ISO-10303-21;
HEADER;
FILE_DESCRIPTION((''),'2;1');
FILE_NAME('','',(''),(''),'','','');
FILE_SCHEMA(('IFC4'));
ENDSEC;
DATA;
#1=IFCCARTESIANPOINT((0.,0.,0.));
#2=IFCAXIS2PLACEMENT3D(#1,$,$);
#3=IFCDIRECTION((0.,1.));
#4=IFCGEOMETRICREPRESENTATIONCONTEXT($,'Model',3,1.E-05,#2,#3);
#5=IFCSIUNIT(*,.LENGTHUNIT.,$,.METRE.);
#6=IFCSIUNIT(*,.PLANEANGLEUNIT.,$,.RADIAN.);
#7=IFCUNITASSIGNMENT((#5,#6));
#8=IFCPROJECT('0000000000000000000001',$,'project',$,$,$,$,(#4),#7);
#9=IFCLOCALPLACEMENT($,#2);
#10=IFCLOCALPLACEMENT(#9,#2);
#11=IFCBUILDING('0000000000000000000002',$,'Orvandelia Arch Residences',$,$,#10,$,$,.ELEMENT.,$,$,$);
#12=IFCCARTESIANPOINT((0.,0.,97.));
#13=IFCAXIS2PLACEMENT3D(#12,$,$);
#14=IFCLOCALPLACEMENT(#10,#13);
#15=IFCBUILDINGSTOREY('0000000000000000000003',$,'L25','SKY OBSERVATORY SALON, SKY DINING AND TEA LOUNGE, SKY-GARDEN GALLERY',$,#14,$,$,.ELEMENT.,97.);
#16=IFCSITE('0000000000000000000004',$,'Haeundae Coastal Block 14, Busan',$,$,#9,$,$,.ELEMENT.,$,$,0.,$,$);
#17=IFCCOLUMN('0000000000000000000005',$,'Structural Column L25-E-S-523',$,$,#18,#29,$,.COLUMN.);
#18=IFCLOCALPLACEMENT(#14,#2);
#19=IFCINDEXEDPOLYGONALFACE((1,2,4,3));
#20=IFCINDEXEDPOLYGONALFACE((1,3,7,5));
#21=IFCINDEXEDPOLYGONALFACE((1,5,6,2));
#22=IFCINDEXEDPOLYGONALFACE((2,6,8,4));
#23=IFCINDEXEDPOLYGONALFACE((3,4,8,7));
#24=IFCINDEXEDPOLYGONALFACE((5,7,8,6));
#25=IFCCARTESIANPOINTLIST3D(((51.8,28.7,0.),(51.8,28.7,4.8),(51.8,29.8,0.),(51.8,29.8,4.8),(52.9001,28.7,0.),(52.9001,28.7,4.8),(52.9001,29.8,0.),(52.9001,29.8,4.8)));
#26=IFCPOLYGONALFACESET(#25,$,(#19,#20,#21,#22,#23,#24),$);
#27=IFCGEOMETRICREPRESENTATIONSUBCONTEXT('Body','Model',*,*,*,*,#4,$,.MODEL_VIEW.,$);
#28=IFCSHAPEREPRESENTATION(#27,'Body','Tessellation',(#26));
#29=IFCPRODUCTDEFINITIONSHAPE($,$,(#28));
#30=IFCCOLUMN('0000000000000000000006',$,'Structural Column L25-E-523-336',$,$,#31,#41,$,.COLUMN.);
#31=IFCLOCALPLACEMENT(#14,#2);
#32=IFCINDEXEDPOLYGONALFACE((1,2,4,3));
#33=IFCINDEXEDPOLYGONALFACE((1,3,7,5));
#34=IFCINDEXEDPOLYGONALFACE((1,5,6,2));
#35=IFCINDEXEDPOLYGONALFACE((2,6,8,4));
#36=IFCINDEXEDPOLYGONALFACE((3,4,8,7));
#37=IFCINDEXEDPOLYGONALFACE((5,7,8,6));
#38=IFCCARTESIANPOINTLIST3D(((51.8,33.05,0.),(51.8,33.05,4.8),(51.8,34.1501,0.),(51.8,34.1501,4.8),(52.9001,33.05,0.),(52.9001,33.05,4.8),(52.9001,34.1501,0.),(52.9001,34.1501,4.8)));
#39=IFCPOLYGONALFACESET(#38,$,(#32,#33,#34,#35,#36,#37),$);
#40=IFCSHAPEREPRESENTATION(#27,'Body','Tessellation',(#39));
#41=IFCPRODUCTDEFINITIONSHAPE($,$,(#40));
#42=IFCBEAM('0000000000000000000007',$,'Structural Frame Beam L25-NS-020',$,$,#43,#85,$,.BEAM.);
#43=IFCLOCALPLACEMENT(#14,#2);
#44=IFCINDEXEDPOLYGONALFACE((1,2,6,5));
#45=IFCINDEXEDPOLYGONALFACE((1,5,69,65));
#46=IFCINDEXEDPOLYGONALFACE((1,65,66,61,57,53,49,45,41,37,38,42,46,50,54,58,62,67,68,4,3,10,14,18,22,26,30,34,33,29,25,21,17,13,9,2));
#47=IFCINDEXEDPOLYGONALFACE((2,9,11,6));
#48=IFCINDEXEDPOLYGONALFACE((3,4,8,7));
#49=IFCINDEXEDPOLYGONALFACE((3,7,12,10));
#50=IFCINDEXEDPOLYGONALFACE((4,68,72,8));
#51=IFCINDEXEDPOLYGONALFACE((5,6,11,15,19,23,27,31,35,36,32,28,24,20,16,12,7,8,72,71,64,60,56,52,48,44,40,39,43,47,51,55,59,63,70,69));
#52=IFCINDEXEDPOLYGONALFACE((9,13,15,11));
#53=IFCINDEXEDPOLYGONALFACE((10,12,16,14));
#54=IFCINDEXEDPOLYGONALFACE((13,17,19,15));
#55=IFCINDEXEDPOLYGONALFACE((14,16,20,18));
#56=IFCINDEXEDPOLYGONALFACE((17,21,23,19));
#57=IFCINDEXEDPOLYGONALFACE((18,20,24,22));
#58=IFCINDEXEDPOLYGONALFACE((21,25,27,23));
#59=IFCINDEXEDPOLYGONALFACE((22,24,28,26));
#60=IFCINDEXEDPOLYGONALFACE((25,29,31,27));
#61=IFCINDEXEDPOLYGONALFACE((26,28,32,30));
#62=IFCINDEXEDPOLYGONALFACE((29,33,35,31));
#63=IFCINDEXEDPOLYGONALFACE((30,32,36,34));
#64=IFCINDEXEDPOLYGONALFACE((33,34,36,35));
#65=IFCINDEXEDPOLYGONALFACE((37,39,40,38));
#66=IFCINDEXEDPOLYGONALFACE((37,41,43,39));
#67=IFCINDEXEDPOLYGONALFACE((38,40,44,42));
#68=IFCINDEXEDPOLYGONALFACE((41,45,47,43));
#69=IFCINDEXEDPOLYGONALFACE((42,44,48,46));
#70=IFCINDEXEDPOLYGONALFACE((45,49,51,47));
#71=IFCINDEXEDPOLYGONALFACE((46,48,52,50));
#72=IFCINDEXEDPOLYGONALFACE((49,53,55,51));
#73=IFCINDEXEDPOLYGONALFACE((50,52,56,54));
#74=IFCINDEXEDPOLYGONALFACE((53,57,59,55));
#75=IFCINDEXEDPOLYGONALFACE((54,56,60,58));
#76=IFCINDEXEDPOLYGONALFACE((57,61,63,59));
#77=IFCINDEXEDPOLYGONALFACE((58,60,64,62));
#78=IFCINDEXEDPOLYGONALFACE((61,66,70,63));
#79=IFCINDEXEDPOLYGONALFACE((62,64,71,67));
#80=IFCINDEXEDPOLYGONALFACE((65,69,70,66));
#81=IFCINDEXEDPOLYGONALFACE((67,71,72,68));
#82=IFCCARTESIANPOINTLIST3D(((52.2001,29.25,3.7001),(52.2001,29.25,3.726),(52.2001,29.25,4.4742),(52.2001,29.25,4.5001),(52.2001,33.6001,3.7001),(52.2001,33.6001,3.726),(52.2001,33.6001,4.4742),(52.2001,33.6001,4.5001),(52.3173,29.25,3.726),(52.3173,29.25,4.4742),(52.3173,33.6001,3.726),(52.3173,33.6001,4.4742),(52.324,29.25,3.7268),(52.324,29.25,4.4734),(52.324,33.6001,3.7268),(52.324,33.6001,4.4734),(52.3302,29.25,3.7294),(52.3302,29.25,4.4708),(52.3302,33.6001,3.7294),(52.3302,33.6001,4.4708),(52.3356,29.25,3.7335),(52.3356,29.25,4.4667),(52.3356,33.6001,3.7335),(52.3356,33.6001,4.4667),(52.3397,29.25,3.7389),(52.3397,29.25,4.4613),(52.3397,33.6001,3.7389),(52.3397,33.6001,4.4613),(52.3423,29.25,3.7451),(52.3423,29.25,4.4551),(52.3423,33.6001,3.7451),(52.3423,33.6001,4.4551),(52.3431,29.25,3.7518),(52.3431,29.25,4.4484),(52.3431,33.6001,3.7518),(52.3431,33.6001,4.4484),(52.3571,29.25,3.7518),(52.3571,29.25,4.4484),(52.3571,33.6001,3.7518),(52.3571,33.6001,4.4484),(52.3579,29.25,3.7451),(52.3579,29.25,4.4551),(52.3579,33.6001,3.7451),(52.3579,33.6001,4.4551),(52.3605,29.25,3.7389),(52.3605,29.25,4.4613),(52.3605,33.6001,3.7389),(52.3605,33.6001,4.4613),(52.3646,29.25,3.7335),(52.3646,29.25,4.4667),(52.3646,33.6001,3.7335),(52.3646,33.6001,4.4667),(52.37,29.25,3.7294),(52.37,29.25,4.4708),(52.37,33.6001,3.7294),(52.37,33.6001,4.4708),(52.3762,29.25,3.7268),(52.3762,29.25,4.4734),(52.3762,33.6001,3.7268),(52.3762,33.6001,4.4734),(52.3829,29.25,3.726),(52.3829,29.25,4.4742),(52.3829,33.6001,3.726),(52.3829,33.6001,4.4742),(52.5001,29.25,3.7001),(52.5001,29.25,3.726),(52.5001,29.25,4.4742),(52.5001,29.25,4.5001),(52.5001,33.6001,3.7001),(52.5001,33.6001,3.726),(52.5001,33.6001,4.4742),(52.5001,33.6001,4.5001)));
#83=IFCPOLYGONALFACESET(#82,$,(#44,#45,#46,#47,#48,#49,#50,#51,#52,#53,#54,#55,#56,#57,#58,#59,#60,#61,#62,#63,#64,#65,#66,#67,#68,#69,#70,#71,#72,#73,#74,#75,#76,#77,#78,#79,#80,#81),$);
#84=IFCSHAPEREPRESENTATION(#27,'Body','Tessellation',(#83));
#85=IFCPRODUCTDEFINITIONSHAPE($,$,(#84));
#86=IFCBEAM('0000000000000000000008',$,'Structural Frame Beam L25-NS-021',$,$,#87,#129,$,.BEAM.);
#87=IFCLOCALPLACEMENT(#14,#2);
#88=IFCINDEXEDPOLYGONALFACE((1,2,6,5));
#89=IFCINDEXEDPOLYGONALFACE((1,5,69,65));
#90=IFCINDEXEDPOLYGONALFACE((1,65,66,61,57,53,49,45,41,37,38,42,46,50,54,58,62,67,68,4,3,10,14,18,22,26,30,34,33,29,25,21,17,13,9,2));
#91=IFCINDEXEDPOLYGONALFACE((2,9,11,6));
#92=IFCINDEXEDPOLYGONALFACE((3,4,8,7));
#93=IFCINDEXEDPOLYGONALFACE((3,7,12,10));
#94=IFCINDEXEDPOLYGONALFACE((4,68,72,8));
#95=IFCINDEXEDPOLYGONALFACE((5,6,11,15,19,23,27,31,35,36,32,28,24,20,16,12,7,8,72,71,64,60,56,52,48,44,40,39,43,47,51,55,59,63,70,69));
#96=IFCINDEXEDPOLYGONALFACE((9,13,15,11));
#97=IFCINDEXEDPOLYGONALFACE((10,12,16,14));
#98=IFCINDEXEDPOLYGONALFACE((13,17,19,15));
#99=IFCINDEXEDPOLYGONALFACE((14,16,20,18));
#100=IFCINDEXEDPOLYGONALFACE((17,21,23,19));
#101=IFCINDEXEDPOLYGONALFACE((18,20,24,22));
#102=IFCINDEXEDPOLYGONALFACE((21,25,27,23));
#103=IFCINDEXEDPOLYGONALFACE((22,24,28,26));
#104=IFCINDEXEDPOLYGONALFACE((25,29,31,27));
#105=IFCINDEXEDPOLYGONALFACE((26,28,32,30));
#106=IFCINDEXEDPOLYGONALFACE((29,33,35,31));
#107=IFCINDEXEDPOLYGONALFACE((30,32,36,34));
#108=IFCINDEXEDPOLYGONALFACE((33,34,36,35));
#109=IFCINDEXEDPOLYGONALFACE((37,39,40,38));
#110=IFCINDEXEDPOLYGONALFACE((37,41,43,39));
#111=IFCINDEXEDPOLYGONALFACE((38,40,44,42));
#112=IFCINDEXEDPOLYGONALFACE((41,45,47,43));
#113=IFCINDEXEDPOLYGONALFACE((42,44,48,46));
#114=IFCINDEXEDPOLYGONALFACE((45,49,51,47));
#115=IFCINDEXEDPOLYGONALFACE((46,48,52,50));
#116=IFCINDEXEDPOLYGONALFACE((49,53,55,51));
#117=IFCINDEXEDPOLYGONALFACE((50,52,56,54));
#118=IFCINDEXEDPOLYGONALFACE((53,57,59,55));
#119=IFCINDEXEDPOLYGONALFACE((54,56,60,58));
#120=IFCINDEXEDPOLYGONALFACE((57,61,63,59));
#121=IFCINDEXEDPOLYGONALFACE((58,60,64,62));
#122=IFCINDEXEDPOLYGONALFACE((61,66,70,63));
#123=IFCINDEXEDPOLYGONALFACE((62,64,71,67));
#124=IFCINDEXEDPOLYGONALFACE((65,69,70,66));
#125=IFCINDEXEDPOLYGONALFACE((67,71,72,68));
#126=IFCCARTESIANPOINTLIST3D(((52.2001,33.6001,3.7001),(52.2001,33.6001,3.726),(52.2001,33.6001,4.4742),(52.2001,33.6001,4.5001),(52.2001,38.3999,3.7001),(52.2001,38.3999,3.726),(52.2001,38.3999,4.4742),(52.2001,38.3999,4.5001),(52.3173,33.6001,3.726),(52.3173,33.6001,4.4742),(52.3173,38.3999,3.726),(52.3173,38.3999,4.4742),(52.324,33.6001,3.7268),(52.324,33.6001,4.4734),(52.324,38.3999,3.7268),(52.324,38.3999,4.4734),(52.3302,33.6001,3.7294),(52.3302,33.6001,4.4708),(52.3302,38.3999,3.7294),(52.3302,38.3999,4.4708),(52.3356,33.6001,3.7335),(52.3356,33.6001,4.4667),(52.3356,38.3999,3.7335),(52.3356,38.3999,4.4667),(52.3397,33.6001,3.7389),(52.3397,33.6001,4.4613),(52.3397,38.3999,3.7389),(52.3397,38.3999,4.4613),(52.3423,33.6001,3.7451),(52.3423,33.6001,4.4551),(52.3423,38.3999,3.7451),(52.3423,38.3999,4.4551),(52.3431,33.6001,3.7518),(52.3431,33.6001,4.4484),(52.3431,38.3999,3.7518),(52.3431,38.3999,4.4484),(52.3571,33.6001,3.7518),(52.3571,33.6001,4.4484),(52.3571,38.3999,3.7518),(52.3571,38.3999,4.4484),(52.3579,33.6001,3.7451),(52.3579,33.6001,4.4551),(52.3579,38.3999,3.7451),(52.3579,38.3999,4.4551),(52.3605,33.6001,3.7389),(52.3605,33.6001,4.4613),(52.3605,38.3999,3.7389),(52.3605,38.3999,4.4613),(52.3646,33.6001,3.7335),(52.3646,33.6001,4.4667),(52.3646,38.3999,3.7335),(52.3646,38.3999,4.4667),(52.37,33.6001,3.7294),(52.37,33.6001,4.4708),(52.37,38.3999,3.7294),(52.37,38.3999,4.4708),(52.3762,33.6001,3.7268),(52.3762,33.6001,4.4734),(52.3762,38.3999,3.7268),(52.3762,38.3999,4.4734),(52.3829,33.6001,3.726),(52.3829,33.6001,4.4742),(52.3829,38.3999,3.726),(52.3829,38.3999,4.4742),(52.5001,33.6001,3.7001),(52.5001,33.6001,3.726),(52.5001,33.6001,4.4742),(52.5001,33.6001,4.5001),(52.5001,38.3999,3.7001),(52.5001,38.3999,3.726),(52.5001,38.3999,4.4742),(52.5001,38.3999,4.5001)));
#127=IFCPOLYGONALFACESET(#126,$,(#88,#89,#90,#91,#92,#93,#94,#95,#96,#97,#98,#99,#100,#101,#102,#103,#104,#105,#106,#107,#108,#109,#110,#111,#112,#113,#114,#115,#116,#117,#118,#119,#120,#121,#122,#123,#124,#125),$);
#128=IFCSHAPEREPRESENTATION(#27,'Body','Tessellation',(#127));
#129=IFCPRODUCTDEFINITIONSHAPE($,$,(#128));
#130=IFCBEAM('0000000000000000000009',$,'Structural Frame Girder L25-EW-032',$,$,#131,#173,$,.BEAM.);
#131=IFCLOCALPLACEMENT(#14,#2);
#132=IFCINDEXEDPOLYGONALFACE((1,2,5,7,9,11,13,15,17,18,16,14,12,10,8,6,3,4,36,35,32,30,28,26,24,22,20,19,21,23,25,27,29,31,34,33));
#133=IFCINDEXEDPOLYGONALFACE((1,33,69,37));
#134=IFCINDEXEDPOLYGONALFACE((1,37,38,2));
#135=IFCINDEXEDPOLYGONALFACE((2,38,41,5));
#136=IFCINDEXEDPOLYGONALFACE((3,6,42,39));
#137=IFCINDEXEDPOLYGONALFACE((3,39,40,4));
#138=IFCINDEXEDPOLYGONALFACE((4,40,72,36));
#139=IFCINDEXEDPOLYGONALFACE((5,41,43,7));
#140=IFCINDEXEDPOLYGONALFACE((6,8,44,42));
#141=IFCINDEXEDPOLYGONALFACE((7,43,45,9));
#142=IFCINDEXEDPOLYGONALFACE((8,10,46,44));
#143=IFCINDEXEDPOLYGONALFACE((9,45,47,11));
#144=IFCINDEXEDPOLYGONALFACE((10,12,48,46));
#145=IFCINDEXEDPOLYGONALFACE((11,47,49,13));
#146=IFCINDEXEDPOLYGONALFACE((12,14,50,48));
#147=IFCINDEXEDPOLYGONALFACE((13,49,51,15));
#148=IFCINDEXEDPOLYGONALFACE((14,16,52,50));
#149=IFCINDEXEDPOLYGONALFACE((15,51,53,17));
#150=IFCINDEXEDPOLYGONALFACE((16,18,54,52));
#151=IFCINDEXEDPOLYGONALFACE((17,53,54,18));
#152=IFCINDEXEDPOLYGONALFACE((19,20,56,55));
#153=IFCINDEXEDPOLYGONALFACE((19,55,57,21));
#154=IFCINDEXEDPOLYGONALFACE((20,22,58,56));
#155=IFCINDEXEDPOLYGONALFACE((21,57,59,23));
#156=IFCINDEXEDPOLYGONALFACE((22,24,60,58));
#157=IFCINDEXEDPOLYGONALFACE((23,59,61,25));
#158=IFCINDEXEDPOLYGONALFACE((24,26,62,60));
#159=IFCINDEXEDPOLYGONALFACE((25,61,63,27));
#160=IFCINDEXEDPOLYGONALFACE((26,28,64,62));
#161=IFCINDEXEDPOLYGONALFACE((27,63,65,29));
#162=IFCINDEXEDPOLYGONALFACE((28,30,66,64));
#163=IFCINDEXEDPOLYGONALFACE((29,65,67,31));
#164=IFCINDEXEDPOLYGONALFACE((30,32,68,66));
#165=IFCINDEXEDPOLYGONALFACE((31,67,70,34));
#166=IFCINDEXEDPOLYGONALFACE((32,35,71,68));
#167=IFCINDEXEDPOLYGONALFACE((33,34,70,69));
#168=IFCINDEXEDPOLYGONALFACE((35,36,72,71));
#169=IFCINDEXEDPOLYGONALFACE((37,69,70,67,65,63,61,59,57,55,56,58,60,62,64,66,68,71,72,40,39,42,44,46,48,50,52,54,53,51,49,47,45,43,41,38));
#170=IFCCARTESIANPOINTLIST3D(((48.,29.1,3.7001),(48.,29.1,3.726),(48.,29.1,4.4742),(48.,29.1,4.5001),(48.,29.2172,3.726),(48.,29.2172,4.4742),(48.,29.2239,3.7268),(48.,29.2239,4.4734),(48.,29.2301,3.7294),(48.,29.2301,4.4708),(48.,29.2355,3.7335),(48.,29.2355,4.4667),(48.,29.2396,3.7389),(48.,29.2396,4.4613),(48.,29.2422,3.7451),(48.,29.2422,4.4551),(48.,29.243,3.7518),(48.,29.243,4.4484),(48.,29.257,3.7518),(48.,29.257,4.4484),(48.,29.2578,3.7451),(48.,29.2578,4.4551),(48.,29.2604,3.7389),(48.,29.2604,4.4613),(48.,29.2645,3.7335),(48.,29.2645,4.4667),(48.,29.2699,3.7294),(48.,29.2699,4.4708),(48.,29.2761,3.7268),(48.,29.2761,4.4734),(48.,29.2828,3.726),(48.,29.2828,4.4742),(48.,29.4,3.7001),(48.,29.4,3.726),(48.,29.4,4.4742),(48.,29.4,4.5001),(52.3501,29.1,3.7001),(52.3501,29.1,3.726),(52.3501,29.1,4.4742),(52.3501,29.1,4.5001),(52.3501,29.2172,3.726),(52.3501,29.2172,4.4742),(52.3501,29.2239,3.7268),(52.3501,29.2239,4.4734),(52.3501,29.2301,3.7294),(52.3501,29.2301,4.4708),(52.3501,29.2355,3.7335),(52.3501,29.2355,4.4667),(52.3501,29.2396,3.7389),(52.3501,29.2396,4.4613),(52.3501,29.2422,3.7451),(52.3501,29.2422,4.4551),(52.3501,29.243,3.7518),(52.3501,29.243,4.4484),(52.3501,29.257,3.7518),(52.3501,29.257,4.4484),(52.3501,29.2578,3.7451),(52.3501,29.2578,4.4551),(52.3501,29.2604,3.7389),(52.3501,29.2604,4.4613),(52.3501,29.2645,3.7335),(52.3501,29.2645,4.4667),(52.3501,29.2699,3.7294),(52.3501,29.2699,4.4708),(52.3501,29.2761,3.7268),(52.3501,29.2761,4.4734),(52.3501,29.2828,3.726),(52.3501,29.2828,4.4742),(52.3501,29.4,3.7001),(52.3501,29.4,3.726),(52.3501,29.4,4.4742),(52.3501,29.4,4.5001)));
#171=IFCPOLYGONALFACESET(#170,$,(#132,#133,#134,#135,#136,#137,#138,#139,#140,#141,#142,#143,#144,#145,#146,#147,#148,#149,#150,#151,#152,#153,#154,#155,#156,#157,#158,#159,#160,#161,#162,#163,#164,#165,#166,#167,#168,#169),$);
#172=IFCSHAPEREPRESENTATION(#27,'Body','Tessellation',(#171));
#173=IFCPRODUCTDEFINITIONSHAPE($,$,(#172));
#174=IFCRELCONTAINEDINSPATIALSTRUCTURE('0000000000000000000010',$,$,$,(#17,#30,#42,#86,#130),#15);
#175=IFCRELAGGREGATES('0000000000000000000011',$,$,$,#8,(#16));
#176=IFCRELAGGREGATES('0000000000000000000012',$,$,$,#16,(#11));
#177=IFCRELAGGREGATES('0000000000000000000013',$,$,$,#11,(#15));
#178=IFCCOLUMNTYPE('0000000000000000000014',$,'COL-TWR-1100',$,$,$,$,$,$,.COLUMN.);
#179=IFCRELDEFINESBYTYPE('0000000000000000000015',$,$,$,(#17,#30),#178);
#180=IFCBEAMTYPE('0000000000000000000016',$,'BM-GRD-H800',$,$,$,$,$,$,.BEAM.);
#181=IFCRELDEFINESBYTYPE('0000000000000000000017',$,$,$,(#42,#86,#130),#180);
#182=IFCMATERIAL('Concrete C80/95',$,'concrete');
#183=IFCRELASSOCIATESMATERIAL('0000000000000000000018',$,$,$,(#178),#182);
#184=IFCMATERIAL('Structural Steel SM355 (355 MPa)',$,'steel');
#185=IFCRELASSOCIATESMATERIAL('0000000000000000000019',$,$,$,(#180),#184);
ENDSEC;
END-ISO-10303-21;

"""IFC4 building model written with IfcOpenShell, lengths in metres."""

from ifc_helpers import new_model, si_unit, direction, frame, origin, origin_2d, place, context, subcontext, project, spatial, rectangle, i_section, extrude, material, material_profile, profile_set, type_object, element, save


model = new_model("IFC4")

# Units and contexts
model_context = context("Model", 3, precision=1e-05, world=origin(), true_north=direction((0.0, 1.0)))
body_context = subcontext(model_context, "Body", "Model", "MODEL_VIEW")
ifc_project = project(units=[si_unit("LENGTHUNIT", "METRE"), si_unit("PLANEANGLEUNIT", "RADIAN")], contexts=[model_context])

# Site, building, storey
site_placement = place(None, origin())
site = spatial("IfcSite", under=ifc_project, at=site_placement, Name="Haeundae Coastal Block 14, Busan", CompositionType="ELEMENT", RefElevation=0.0)
building_placement = place(site_placement, origin())
building = spatial("IfcBuilding", under=site, at=building_placement, Name="Orvandelia Arch Residences", CompositionType="ELEMENT")
storey_placement = place(building_placement, frame((0.0, 0.0, 97.0)))
storey = spatial("IfcBuildingStorey", under=building, at=storey_placement, Name="L25", Description="SKY OBSERVATORY SALON, SKY DINING AND TEA LOUNGE, SKY-GARDEN GALLERY", CompositionType="ELEMENT", Elevation=97.0)

# Columns
ifc_material_1 = material(Name="Concrete C80/95", Category="concrete")
ifc_material_profile_1 = material_profile(ifc_material_1, rectangle(XDim=1.1001, YDim=1.1001, at=origin_2d()), Name="Concrete C80/95", Category="concrete")
ifc_profile_set_1 = profile_set([ifc_material_profile_1], Name="Concrete C80/95")
column_type = type_object("IfcColumnType", Name="COL-TWR-1100", PredefinedType="COLUMN", material=ifc_profile_set_1)
for number, where, z_axis, x_axis, name in (
    (1, (52.3501, 29.25, 0.0), (0.0, 0.0, 1.0), (1.0, 0.0, 0.0), "Structural Column L25-E-S-523"),
    (2, (52.3501, 33.6001, 0.0), (0.0, 0.0, 1.0), (1.0, 0.0, 0.0), "Structural Column L25-E-523-336"),
):
    element("IfcColumn", number, at=place(storey_placement, frame(where, z_axis=z_axis, x_axis=x_axis)), inside=storey, type_object=column_type, Name=name, PredefinedType="COLUMN", context=body_context, shape_type="SweptSolid", body=[
        extrude(rectangle(XDim=1.1001, YDim=1.1001, at=origin_2d()), origin(), (0.0, 0.0, 1.0), 4.8),
    ])

# Beams
ifc_material_2 = material(Name="Structural Steel SM355 (355 MPa)", Category="steel")
ifc_material_profile_2 = material_profile(ifc_material_2, i_section(OverallWidth=0.3, OverallDepth=0.8, WebThickness=0.0139, FlangeThickness=0.0259, FilletRadius=0.0259, at=origin_2d()), Name="Structural Steel SM355 (355 MPa)", Category="steel")
ifc_profile_set_2 = profile_set([ifc_material_profile_2], Name="Structural Steel SM355 (355 MPa)")
beam_type = type_object("IfcBeamType", Name="BM-GRD-H800", PredefinedType="BEAM", material=ifc_profile_set_2)
beam_1_placement = place(storey_placement, frame((52.3501, 29.25, 4.1001), z_axis=(0.0, 1.0, 0.0), x_axis=(-1.0, 0.0, 0.0)))
element("IfcBeam", 3, at=beam_1_placement, inside=storey, type_object=beam_type, Name="Structural Frame Beam L25-NS-020", PredefinedType="BEAM", context=body_context, shape_type="SweptSolid", body=[
    extrude(i_section(OverallWidth=0.3, OverallDepth=0.8, WebThickness=0.0139, FlangeThickness=0.0259, FilletRadius=0.0259, at=origin_2d()), origin(), (0.0, 0.0, 1.0), 4.3501),
])
beam_2_placement = place(storey_placement, frame((52.3501, 33.6001, 4.1001), z_axis=(0.0, 1.0, 0.0), x_axis=(-1.0, 0.0, 0.0)))
element("IfcBeam", 4, at=beam_2_placement, inside=storey, type_object=beam_type, Name="Structural Frame Beam L25-NS-021", PredefinedType="BEAM", context=body_context, shape_type="SweptSolid", body=[
    extrude(i_section(OverallWidth=0.3, OverallDepth=0.8, WebThickness=0.0139, FlangeThickness=0.0259, FilletRadius=0.0259, at=origin_2d()), origin(), (0.0, 0.0, 1.0), 4.7998),
])
beam_3_placement = place(storey_placement, frame((48.0, 29.25, 4.1001), z_axis=(1.0, 0.0, 0.0), x_axis=(0.0, 1.0, 0.0)))
element("IfcBeam", 5, at=beam_3_placement, inside=storey, type_object=beam_type, Name="Structural Frame Girder L25-EW-032", PredefinedType="BEAM", context=body_context, shape_type="SweptSolid", body=[
    extrude(i_section(OverallWidth=0.3, OverallDepth=0.8, WebThickness=0.0139, FlangeThickness=0.0259, FilletRadius=0.0259, at=origin_2d()), origin(), (0.0, 0.0, 1.0), 4.3501),
])

save(model, "model.ifc")
